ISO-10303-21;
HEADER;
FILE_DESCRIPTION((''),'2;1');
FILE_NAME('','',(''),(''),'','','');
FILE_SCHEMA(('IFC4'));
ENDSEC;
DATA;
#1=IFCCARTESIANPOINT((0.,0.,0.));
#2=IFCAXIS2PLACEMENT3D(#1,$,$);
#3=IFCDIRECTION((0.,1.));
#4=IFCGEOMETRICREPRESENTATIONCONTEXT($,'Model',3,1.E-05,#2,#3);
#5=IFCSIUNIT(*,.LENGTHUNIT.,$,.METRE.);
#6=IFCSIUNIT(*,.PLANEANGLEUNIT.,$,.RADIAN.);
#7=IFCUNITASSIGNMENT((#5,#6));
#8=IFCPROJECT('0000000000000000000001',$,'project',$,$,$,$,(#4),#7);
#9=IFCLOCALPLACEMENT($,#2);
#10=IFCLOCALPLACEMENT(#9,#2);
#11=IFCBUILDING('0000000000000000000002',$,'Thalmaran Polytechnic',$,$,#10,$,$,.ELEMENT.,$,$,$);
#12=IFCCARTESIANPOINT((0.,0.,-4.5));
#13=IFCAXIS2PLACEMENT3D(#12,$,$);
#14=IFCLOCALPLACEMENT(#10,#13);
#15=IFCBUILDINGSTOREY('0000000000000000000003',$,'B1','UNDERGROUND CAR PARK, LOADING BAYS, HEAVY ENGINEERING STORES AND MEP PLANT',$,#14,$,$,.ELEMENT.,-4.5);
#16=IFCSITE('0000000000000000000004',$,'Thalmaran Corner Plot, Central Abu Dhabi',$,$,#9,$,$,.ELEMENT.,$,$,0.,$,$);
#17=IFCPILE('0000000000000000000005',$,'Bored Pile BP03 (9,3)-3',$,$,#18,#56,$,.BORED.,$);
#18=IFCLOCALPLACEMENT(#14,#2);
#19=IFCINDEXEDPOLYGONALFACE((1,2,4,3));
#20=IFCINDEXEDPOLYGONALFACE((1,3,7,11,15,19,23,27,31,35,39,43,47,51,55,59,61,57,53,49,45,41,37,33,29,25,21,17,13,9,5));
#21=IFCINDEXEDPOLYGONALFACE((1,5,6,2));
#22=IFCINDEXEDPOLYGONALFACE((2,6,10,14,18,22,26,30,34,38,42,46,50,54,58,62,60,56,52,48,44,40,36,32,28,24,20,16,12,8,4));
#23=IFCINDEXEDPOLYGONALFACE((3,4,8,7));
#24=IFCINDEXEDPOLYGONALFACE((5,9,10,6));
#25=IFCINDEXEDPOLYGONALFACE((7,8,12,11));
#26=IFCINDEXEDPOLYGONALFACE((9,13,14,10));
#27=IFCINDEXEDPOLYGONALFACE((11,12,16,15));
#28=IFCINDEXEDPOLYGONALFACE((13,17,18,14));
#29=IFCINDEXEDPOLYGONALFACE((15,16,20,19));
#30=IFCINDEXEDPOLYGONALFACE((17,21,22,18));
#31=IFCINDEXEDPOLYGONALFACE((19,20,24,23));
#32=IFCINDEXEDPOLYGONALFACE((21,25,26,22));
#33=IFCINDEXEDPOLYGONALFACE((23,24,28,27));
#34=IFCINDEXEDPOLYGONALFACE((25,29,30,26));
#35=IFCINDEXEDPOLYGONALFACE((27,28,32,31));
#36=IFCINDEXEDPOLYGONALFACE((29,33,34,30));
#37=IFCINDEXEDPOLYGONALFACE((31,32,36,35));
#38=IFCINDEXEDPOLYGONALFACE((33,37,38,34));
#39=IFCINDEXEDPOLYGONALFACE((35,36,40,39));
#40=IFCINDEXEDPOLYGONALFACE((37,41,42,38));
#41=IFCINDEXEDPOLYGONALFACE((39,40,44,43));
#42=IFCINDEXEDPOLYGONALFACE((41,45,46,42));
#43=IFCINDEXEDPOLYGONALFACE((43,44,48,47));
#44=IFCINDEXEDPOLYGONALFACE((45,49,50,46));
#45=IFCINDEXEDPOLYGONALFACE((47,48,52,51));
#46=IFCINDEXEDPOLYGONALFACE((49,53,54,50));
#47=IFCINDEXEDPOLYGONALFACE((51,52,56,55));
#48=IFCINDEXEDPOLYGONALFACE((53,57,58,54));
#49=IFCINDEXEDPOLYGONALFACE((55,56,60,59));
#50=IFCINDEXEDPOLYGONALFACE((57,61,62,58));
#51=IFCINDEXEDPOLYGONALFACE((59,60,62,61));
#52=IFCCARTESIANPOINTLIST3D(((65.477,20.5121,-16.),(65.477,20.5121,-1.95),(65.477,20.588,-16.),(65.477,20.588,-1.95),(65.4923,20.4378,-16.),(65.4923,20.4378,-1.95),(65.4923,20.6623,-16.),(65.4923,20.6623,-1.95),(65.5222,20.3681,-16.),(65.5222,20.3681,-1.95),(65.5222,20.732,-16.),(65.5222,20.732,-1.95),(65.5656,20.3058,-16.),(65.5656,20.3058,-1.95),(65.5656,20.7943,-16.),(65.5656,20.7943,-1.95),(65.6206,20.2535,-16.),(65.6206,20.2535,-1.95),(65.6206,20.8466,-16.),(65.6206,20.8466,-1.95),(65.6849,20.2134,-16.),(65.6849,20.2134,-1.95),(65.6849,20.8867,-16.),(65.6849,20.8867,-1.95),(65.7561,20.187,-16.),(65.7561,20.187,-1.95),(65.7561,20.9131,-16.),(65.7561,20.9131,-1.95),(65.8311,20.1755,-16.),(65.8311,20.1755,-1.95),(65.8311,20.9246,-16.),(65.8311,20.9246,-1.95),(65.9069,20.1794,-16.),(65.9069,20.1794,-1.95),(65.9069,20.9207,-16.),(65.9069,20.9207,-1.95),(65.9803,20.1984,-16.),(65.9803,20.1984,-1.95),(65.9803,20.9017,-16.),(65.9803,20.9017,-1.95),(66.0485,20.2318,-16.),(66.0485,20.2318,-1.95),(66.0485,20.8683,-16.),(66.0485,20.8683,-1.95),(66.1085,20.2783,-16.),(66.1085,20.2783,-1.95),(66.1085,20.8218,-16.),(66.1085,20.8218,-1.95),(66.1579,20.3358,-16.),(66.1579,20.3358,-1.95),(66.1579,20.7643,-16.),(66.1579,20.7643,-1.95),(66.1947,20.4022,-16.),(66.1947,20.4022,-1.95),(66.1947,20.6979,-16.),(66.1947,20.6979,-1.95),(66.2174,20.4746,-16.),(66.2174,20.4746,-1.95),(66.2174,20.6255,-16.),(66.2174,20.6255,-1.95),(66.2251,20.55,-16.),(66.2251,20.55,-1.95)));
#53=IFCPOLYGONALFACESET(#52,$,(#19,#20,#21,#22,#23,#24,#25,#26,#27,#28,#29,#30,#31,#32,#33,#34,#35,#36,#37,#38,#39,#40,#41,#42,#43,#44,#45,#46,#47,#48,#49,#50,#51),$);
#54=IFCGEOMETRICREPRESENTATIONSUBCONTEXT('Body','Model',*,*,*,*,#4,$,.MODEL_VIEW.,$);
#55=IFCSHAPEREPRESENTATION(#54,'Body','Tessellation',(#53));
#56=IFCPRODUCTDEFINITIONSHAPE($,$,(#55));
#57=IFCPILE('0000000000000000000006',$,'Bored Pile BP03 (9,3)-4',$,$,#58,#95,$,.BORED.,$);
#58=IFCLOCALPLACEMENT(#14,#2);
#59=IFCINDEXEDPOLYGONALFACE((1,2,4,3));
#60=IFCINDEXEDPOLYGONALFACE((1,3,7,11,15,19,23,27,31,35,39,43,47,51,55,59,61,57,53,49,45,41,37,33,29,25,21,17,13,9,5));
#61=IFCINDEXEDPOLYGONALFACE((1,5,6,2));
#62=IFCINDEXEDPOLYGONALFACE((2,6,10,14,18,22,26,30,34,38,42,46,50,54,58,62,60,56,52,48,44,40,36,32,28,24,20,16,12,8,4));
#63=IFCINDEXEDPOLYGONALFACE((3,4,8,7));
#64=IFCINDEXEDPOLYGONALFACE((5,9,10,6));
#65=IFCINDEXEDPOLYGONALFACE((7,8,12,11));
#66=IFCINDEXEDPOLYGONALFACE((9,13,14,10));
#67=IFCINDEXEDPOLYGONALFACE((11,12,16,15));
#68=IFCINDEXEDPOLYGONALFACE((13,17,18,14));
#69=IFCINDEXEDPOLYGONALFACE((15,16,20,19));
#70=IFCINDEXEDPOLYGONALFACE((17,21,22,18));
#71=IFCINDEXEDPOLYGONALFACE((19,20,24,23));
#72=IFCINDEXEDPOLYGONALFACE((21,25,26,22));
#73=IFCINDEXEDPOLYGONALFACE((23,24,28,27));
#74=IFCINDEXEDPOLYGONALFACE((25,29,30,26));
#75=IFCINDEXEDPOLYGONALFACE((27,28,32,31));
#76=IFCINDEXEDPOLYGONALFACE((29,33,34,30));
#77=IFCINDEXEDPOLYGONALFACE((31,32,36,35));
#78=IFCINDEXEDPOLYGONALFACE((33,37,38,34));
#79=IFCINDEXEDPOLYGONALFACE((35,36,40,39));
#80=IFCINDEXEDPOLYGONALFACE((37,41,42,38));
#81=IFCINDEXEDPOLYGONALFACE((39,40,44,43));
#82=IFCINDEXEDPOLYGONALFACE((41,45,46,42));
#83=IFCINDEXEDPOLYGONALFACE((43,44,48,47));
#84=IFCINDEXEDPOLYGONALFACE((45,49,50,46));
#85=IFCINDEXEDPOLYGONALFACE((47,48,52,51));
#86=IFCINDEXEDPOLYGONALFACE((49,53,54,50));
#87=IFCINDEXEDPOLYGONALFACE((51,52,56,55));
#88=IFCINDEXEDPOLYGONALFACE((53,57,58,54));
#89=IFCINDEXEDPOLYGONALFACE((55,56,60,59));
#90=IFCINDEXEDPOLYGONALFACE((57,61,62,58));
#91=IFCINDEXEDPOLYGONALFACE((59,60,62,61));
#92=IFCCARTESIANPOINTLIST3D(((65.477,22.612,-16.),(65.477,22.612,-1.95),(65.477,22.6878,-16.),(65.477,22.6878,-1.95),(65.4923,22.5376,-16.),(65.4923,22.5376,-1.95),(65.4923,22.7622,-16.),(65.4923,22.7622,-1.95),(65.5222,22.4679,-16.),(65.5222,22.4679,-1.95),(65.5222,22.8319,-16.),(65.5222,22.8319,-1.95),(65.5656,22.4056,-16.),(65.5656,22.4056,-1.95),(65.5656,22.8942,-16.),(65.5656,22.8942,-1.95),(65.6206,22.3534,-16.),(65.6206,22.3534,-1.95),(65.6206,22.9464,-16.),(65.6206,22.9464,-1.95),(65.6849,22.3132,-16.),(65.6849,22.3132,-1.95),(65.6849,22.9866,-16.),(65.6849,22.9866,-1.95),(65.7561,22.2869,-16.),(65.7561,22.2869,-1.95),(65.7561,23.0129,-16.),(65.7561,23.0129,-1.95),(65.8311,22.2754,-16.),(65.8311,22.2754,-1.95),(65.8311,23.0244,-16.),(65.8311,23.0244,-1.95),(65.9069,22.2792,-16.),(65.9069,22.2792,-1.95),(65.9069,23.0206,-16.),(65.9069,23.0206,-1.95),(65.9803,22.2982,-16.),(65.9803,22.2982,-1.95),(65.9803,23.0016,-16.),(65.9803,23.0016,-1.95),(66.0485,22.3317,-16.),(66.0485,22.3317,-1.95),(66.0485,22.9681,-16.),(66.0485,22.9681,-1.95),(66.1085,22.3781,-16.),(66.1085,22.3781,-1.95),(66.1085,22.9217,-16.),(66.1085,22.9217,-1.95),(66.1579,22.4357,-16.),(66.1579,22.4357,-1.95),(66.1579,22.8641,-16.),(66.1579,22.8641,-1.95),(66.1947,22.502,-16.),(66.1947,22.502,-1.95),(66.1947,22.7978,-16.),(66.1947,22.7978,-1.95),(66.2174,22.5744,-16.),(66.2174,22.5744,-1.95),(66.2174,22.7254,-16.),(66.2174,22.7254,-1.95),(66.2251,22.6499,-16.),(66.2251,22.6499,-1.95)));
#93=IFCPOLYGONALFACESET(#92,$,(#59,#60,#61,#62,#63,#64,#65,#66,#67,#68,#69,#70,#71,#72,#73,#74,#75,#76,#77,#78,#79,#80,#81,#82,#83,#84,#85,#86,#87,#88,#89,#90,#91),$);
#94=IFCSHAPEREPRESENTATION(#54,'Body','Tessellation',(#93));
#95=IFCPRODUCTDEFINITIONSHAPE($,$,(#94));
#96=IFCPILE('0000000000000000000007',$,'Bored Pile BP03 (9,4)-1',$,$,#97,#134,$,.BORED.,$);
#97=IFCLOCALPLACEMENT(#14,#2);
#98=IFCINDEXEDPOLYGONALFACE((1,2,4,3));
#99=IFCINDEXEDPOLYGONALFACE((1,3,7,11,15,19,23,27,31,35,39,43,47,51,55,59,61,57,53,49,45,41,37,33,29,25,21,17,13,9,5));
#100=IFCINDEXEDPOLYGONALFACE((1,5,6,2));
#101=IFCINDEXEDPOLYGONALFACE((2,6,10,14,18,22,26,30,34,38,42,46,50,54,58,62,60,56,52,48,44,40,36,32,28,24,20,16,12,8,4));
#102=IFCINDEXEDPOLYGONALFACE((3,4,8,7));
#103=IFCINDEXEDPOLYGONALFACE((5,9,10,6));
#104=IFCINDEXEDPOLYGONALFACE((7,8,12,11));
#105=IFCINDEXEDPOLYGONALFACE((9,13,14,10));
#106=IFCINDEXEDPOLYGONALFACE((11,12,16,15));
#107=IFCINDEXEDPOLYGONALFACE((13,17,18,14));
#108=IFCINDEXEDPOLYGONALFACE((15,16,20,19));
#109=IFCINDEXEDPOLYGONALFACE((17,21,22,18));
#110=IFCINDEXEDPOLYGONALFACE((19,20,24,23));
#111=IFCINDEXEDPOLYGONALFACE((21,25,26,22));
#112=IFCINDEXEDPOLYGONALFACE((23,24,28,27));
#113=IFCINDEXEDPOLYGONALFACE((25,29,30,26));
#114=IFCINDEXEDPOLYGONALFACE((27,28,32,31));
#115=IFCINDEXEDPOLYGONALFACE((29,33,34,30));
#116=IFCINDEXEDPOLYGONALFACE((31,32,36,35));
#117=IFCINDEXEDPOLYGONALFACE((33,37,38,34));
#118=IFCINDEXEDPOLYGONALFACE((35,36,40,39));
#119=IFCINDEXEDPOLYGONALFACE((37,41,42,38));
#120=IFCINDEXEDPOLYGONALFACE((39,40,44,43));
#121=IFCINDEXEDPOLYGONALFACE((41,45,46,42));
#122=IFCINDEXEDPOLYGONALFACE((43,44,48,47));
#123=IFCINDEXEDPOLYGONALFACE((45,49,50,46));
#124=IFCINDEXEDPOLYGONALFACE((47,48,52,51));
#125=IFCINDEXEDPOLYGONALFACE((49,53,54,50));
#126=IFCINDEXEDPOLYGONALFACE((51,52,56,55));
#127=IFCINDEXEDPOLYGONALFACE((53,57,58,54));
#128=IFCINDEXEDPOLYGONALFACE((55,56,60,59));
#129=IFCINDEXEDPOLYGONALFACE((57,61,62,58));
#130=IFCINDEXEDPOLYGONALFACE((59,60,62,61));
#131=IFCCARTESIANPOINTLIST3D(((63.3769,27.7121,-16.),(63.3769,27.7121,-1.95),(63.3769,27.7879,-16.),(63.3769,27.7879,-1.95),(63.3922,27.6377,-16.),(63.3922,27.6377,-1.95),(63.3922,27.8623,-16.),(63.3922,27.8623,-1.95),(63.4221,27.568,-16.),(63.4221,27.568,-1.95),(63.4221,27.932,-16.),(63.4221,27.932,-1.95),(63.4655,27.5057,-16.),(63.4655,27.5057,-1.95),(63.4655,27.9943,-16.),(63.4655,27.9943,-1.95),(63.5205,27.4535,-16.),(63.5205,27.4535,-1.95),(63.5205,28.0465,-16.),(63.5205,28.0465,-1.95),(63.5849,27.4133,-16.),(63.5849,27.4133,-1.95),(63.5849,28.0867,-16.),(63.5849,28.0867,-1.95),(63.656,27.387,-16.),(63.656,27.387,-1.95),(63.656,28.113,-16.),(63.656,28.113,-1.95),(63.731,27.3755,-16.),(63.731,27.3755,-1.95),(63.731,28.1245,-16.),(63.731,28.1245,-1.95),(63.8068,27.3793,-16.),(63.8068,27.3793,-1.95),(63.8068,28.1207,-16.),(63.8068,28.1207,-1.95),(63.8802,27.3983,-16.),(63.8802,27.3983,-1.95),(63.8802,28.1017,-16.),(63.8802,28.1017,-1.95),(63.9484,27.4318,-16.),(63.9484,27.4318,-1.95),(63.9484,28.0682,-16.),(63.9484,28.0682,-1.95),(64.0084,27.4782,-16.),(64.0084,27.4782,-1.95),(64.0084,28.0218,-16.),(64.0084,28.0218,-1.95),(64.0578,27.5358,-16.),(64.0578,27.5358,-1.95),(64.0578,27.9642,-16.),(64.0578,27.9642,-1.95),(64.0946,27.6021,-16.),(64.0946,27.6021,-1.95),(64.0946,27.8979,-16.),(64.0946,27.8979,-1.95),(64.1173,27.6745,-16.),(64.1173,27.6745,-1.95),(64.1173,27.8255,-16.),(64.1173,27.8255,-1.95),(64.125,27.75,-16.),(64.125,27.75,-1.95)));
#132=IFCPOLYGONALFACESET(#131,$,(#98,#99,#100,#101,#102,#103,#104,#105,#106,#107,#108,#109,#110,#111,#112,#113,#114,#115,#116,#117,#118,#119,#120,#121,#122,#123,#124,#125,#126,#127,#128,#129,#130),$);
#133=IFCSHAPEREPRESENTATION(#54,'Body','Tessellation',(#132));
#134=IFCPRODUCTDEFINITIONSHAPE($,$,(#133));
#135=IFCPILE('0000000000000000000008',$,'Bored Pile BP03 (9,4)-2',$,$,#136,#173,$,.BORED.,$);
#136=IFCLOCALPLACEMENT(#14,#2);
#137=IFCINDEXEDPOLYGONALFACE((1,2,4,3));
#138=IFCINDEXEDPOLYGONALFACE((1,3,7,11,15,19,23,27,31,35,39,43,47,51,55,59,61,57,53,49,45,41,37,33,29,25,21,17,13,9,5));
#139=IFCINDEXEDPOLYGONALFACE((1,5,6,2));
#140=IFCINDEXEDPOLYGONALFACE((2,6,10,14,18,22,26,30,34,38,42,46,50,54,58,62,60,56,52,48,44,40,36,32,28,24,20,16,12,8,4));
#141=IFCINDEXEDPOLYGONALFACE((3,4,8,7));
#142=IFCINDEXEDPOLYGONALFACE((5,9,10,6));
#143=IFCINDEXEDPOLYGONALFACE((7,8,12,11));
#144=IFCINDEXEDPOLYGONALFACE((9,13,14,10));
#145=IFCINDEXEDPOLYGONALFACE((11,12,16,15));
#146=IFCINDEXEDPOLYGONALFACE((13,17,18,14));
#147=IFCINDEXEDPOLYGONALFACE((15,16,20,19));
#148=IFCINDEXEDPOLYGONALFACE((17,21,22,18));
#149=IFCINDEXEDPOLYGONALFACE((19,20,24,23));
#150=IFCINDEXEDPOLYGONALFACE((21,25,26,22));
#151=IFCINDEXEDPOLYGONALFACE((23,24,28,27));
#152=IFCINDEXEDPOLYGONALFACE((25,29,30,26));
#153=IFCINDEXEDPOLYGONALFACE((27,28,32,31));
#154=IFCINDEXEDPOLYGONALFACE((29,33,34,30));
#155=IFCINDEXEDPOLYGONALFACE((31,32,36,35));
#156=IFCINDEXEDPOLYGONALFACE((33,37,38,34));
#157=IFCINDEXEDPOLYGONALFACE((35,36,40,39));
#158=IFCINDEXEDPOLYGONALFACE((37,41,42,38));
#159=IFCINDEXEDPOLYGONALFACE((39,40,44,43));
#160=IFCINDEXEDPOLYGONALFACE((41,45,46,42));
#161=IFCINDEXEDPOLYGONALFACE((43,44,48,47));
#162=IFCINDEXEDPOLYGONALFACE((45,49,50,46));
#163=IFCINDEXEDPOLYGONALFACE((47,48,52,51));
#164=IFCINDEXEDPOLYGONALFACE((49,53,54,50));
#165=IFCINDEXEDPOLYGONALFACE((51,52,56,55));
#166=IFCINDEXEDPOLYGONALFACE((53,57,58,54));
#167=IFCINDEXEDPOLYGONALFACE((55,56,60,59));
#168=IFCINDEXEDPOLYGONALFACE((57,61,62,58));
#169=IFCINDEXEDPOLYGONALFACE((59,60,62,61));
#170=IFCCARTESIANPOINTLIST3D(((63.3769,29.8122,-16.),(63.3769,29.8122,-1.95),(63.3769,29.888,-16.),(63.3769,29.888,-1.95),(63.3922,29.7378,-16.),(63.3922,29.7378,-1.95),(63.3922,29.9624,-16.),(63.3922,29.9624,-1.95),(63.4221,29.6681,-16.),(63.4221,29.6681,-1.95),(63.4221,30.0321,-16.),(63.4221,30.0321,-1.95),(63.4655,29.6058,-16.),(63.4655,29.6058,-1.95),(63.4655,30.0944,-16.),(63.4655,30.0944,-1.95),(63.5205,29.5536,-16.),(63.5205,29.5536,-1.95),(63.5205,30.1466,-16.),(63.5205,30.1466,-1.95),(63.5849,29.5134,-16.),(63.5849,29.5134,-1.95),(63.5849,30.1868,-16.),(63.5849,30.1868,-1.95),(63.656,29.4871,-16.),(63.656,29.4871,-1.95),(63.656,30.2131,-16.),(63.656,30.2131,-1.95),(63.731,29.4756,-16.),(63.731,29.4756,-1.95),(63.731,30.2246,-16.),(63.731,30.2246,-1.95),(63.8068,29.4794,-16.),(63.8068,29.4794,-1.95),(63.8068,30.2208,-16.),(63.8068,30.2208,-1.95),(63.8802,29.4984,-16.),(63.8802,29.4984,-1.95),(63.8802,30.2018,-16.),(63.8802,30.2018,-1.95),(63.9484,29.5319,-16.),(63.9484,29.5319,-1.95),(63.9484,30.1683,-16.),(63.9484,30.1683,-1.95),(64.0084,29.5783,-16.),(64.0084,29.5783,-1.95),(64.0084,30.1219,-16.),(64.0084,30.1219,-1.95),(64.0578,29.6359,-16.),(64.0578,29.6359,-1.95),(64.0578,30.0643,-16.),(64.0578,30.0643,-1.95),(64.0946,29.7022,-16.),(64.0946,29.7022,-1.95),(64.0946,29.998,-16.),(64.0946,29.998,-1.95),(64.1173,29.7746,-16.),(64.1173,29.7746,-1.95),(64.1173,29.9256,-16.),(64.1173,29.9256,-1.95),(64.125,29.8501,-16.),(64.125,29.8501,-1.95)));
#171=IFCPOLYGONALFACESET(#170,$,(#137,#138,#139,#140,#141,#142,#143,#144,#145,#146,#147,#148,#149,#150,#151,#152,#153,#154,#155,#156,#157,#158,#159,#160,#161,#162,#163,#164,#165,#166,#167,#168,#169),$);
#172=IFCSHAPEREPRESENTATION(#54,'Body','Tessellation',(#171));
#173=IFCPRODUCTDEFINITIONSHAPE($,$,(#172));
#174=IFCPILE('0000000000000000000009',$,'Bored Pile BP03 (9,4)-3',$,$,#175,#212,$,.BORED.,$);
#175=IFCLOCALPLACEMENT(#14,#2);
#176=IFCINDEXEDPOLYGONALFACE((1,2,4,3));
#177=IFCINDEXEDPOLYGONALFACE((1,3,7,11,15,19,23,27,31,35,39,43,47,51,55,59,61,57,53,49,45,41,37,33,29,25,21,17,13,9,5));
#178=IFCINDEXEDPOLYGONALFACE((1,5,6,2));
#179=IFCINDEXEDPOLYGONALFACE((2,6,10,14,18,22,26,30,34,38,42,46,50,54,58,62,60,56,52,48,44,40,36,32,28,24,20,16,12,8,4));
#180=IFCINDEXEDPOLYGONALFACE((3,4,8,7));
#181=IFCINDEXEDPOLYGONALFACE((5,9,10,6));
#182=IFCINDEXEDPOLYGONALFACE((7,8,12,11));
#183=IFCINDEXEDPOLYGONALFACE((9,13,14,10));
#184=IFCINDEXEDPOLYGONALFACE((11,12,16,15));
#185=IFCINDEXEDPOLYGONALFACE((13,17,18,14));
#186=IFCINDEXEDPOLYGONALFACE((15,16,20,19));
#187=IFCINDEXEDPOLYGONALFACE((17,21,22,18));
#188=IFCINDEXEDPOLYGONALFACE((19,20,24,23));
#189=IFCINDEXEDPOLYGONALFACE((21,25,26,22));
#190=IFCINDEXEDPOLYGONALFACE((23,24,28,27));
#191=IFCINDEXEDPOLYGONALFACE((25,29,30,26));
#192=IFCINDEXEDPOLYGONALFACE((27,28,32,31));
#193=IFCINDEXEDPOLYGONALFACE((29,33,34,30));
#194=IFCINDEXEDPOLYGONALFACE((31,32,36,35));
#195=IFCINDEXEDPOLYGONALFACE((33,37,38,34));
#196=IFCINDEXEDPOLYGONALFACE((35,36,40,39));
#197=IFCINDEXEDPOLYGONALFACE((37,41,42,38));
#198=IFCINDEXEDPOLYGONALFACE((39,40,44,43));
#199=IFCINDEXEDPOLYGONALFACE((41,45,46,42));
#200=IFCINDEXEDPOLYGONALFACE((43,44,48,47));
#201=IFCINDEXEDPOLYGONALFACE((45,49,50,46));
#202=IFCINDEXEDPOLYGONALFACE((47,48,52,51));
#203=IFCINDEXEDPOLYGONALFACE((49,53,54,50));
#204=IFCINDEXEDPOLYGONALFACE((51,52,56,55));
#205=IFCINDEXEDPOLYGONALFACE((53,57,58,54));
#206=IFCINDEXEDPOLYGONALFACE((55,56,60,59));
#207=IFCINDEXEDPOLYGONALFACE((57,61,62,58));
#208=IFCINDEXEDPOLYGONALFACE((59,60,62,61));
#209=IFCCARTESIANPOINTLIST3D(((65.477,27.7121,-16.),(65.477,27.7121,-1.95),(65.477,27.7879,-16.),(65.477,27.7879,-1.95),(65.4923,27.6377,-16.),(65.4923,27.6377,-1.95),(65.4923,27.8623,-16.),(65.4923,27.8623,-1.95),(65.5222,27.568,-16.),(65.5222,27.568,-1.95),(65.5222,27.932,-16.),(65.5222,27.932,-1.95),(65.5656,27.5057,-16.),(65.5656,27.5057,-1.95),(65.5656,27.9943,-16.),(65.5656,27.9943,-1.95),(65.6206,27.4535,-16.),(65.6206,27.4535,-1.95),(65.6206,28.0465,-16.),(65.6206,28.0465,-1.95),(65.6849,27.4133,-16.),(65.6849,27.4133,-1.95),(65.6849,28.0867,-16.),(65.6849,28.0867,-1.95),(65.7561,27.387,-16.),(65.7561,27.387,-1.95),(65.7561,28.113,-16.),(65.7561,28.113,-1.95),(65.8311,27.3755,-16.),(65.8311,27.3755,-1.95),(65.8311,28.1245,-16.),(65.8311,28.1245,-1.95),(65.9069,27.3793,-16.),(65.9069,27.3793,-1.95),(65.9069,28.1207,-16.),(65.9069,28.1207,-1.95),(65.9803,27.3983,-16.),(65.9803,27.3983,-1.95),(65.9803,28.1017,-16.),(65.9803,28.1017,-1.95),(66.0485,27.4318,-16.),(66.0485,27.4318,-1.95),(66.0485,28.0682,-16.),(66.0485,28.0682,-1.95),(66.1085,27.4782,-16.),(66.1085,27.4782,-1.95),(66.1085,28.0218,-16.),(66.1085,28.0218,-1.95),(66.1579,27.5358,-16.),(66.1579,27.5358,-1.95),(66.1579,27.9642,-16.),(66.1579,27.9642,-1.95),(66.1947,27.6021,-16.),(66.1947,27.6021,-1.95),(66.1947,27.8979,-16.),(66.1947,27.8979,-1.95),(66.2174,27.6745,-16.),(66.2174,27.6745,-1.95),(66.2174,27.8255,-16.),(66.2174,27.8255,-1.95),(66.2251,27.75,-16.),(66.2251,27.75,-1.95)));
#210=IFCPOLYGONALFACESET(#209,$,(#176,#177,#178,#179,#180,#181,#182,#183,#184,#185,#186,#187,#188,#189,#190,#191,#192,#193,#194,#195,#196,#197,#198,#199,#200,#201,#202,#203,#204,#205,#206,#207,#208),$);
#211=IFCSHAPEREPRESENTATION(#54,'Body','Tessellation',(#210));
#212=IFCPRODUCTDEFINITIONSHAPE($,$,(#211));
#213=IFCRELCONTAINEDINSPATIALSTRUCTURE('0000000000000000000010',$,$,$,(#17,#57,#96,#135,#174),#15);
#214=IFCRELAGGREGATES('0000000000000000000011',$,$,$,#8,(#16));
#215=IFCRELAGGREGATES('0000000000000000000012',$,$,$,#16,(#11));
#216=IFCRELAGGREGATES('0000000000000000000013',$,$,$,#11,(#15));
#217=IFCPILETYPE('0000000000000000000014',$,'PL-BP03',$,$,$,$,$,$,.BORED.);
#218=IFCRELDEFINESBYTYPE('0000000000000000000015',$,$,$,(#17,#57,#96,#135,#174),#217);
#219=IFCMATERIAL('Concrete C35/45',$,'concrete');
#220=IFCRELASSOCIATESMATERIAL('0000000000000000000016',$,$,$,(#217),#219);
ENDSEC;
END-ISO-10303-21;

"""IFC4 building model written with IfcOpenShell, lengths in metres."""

from ifc_helpers import new_model, si_unit, direction, frame, origin, origin_2d, place, context, subcontext, project, spatial, circle, extrude, material, material_profile, profile_set, type_object, element, save


model = new_model("IFC4")

# Units and contexts
model_context = context("Model", 3, precision=1e-05, world=origin(), true_north=direction((0.0, 1.0)))
body_context = subcontext(model_context, "Body", "Model", "MODEL_VIEW")
ifc_project = project(units=[si_unit("LENGTHUNIT", "METRE"), si_unit("PLANEANGLEUNIT", "RADIAN")], contexts=[model_context])

# Site, building, storey
site_placement = place(None, origin())
site = spatial("IfcSite", under=ifc_project, at=site_placement, Name="Thalmaran Corner Plot, Central Abu Dhabi", CompositionType="ELEMENT", RefElevation=0.0)
building_placement = place(site_placement, origin())
building = spatial("IfcBuilding", under=site, at=building_placement, Name="Thalmaran Polytechnic", CompositionType="ELEMENT")
storey_placement = place(building_placement, frame((0.0, 0.0, -4.5)))
storey = spatial("IfcBuildingStorey", under=building, at=storey_placement, Name="B1", Description="UNDERGROUND CAR PARK, LOADING BAYS, HEAVY ENGINEERING STORES AND MEP PLANT", CompositionType="ELEMENT", Elevation=-4.5)

# Piles
ifc_material_1 = material(Name="Concrete C35/45", Category="concrete")
ifc_material_profile_1 = material_profile(ifc_material_1, circle(Radius=0.375, at=origin_2d()), Name="RC 750 DIA")
ifc_profile_set_1 = profile_set([ifc_material_profile_1], Name="Concrete C35/45")
pile_type = type_object("IfcPileType", Name="PL-BP03", PredefinedType="BORED", material=ifc_profile_set_1)
for number, where, z_axis, x_axis, name in (
    (1, (65.8501, 20.55, -1.95), (0.0, 0.0, -1.0), (1.0, 0.0, 0.0), "Bored Pile BP03 (9,3)-3"),
    (2, (65.8501, 22.6499, -1.95), (0.0, 0.0, -1.0), (1.0, 0.0, 0.0), "Bored Pile BP03 (9,3)-4"),
    (3, (63.75, 27.75, -1.95), (0.0, 0.0, -1.0), (1.0, 0.0, 0.0), "Bored Pile BP03 (9,4)-1"),
    (4, (63.75, 29.8501, -1.95), (0.0, 0.0, -1.0), (1.0, 0.0, 0.0), "Bored Pile BP03 (9,4)-2"),
    (5, (65.8501, 27.75, -1.95), (0.0, 0.0, -1.0), (1.0, 0.0, 0.0), "Bored Pile BP03 (9,4)-3"),
):
    element("IfcPile", number, at=place(storey_placement, frame(where, z_axis=z_axis, x_axis=x_axis)), inside=storey, type_object=pile_type, Name=name, PredefinedType="BORED", context=body_context, shape_type="SweptSolid", body=[
        extrude(circle(Radius=0.375, at=origin_2d()), origin(), (0.0, 0.0, 1.0), 14.05),
    ])

save(model, "model.ifc")
